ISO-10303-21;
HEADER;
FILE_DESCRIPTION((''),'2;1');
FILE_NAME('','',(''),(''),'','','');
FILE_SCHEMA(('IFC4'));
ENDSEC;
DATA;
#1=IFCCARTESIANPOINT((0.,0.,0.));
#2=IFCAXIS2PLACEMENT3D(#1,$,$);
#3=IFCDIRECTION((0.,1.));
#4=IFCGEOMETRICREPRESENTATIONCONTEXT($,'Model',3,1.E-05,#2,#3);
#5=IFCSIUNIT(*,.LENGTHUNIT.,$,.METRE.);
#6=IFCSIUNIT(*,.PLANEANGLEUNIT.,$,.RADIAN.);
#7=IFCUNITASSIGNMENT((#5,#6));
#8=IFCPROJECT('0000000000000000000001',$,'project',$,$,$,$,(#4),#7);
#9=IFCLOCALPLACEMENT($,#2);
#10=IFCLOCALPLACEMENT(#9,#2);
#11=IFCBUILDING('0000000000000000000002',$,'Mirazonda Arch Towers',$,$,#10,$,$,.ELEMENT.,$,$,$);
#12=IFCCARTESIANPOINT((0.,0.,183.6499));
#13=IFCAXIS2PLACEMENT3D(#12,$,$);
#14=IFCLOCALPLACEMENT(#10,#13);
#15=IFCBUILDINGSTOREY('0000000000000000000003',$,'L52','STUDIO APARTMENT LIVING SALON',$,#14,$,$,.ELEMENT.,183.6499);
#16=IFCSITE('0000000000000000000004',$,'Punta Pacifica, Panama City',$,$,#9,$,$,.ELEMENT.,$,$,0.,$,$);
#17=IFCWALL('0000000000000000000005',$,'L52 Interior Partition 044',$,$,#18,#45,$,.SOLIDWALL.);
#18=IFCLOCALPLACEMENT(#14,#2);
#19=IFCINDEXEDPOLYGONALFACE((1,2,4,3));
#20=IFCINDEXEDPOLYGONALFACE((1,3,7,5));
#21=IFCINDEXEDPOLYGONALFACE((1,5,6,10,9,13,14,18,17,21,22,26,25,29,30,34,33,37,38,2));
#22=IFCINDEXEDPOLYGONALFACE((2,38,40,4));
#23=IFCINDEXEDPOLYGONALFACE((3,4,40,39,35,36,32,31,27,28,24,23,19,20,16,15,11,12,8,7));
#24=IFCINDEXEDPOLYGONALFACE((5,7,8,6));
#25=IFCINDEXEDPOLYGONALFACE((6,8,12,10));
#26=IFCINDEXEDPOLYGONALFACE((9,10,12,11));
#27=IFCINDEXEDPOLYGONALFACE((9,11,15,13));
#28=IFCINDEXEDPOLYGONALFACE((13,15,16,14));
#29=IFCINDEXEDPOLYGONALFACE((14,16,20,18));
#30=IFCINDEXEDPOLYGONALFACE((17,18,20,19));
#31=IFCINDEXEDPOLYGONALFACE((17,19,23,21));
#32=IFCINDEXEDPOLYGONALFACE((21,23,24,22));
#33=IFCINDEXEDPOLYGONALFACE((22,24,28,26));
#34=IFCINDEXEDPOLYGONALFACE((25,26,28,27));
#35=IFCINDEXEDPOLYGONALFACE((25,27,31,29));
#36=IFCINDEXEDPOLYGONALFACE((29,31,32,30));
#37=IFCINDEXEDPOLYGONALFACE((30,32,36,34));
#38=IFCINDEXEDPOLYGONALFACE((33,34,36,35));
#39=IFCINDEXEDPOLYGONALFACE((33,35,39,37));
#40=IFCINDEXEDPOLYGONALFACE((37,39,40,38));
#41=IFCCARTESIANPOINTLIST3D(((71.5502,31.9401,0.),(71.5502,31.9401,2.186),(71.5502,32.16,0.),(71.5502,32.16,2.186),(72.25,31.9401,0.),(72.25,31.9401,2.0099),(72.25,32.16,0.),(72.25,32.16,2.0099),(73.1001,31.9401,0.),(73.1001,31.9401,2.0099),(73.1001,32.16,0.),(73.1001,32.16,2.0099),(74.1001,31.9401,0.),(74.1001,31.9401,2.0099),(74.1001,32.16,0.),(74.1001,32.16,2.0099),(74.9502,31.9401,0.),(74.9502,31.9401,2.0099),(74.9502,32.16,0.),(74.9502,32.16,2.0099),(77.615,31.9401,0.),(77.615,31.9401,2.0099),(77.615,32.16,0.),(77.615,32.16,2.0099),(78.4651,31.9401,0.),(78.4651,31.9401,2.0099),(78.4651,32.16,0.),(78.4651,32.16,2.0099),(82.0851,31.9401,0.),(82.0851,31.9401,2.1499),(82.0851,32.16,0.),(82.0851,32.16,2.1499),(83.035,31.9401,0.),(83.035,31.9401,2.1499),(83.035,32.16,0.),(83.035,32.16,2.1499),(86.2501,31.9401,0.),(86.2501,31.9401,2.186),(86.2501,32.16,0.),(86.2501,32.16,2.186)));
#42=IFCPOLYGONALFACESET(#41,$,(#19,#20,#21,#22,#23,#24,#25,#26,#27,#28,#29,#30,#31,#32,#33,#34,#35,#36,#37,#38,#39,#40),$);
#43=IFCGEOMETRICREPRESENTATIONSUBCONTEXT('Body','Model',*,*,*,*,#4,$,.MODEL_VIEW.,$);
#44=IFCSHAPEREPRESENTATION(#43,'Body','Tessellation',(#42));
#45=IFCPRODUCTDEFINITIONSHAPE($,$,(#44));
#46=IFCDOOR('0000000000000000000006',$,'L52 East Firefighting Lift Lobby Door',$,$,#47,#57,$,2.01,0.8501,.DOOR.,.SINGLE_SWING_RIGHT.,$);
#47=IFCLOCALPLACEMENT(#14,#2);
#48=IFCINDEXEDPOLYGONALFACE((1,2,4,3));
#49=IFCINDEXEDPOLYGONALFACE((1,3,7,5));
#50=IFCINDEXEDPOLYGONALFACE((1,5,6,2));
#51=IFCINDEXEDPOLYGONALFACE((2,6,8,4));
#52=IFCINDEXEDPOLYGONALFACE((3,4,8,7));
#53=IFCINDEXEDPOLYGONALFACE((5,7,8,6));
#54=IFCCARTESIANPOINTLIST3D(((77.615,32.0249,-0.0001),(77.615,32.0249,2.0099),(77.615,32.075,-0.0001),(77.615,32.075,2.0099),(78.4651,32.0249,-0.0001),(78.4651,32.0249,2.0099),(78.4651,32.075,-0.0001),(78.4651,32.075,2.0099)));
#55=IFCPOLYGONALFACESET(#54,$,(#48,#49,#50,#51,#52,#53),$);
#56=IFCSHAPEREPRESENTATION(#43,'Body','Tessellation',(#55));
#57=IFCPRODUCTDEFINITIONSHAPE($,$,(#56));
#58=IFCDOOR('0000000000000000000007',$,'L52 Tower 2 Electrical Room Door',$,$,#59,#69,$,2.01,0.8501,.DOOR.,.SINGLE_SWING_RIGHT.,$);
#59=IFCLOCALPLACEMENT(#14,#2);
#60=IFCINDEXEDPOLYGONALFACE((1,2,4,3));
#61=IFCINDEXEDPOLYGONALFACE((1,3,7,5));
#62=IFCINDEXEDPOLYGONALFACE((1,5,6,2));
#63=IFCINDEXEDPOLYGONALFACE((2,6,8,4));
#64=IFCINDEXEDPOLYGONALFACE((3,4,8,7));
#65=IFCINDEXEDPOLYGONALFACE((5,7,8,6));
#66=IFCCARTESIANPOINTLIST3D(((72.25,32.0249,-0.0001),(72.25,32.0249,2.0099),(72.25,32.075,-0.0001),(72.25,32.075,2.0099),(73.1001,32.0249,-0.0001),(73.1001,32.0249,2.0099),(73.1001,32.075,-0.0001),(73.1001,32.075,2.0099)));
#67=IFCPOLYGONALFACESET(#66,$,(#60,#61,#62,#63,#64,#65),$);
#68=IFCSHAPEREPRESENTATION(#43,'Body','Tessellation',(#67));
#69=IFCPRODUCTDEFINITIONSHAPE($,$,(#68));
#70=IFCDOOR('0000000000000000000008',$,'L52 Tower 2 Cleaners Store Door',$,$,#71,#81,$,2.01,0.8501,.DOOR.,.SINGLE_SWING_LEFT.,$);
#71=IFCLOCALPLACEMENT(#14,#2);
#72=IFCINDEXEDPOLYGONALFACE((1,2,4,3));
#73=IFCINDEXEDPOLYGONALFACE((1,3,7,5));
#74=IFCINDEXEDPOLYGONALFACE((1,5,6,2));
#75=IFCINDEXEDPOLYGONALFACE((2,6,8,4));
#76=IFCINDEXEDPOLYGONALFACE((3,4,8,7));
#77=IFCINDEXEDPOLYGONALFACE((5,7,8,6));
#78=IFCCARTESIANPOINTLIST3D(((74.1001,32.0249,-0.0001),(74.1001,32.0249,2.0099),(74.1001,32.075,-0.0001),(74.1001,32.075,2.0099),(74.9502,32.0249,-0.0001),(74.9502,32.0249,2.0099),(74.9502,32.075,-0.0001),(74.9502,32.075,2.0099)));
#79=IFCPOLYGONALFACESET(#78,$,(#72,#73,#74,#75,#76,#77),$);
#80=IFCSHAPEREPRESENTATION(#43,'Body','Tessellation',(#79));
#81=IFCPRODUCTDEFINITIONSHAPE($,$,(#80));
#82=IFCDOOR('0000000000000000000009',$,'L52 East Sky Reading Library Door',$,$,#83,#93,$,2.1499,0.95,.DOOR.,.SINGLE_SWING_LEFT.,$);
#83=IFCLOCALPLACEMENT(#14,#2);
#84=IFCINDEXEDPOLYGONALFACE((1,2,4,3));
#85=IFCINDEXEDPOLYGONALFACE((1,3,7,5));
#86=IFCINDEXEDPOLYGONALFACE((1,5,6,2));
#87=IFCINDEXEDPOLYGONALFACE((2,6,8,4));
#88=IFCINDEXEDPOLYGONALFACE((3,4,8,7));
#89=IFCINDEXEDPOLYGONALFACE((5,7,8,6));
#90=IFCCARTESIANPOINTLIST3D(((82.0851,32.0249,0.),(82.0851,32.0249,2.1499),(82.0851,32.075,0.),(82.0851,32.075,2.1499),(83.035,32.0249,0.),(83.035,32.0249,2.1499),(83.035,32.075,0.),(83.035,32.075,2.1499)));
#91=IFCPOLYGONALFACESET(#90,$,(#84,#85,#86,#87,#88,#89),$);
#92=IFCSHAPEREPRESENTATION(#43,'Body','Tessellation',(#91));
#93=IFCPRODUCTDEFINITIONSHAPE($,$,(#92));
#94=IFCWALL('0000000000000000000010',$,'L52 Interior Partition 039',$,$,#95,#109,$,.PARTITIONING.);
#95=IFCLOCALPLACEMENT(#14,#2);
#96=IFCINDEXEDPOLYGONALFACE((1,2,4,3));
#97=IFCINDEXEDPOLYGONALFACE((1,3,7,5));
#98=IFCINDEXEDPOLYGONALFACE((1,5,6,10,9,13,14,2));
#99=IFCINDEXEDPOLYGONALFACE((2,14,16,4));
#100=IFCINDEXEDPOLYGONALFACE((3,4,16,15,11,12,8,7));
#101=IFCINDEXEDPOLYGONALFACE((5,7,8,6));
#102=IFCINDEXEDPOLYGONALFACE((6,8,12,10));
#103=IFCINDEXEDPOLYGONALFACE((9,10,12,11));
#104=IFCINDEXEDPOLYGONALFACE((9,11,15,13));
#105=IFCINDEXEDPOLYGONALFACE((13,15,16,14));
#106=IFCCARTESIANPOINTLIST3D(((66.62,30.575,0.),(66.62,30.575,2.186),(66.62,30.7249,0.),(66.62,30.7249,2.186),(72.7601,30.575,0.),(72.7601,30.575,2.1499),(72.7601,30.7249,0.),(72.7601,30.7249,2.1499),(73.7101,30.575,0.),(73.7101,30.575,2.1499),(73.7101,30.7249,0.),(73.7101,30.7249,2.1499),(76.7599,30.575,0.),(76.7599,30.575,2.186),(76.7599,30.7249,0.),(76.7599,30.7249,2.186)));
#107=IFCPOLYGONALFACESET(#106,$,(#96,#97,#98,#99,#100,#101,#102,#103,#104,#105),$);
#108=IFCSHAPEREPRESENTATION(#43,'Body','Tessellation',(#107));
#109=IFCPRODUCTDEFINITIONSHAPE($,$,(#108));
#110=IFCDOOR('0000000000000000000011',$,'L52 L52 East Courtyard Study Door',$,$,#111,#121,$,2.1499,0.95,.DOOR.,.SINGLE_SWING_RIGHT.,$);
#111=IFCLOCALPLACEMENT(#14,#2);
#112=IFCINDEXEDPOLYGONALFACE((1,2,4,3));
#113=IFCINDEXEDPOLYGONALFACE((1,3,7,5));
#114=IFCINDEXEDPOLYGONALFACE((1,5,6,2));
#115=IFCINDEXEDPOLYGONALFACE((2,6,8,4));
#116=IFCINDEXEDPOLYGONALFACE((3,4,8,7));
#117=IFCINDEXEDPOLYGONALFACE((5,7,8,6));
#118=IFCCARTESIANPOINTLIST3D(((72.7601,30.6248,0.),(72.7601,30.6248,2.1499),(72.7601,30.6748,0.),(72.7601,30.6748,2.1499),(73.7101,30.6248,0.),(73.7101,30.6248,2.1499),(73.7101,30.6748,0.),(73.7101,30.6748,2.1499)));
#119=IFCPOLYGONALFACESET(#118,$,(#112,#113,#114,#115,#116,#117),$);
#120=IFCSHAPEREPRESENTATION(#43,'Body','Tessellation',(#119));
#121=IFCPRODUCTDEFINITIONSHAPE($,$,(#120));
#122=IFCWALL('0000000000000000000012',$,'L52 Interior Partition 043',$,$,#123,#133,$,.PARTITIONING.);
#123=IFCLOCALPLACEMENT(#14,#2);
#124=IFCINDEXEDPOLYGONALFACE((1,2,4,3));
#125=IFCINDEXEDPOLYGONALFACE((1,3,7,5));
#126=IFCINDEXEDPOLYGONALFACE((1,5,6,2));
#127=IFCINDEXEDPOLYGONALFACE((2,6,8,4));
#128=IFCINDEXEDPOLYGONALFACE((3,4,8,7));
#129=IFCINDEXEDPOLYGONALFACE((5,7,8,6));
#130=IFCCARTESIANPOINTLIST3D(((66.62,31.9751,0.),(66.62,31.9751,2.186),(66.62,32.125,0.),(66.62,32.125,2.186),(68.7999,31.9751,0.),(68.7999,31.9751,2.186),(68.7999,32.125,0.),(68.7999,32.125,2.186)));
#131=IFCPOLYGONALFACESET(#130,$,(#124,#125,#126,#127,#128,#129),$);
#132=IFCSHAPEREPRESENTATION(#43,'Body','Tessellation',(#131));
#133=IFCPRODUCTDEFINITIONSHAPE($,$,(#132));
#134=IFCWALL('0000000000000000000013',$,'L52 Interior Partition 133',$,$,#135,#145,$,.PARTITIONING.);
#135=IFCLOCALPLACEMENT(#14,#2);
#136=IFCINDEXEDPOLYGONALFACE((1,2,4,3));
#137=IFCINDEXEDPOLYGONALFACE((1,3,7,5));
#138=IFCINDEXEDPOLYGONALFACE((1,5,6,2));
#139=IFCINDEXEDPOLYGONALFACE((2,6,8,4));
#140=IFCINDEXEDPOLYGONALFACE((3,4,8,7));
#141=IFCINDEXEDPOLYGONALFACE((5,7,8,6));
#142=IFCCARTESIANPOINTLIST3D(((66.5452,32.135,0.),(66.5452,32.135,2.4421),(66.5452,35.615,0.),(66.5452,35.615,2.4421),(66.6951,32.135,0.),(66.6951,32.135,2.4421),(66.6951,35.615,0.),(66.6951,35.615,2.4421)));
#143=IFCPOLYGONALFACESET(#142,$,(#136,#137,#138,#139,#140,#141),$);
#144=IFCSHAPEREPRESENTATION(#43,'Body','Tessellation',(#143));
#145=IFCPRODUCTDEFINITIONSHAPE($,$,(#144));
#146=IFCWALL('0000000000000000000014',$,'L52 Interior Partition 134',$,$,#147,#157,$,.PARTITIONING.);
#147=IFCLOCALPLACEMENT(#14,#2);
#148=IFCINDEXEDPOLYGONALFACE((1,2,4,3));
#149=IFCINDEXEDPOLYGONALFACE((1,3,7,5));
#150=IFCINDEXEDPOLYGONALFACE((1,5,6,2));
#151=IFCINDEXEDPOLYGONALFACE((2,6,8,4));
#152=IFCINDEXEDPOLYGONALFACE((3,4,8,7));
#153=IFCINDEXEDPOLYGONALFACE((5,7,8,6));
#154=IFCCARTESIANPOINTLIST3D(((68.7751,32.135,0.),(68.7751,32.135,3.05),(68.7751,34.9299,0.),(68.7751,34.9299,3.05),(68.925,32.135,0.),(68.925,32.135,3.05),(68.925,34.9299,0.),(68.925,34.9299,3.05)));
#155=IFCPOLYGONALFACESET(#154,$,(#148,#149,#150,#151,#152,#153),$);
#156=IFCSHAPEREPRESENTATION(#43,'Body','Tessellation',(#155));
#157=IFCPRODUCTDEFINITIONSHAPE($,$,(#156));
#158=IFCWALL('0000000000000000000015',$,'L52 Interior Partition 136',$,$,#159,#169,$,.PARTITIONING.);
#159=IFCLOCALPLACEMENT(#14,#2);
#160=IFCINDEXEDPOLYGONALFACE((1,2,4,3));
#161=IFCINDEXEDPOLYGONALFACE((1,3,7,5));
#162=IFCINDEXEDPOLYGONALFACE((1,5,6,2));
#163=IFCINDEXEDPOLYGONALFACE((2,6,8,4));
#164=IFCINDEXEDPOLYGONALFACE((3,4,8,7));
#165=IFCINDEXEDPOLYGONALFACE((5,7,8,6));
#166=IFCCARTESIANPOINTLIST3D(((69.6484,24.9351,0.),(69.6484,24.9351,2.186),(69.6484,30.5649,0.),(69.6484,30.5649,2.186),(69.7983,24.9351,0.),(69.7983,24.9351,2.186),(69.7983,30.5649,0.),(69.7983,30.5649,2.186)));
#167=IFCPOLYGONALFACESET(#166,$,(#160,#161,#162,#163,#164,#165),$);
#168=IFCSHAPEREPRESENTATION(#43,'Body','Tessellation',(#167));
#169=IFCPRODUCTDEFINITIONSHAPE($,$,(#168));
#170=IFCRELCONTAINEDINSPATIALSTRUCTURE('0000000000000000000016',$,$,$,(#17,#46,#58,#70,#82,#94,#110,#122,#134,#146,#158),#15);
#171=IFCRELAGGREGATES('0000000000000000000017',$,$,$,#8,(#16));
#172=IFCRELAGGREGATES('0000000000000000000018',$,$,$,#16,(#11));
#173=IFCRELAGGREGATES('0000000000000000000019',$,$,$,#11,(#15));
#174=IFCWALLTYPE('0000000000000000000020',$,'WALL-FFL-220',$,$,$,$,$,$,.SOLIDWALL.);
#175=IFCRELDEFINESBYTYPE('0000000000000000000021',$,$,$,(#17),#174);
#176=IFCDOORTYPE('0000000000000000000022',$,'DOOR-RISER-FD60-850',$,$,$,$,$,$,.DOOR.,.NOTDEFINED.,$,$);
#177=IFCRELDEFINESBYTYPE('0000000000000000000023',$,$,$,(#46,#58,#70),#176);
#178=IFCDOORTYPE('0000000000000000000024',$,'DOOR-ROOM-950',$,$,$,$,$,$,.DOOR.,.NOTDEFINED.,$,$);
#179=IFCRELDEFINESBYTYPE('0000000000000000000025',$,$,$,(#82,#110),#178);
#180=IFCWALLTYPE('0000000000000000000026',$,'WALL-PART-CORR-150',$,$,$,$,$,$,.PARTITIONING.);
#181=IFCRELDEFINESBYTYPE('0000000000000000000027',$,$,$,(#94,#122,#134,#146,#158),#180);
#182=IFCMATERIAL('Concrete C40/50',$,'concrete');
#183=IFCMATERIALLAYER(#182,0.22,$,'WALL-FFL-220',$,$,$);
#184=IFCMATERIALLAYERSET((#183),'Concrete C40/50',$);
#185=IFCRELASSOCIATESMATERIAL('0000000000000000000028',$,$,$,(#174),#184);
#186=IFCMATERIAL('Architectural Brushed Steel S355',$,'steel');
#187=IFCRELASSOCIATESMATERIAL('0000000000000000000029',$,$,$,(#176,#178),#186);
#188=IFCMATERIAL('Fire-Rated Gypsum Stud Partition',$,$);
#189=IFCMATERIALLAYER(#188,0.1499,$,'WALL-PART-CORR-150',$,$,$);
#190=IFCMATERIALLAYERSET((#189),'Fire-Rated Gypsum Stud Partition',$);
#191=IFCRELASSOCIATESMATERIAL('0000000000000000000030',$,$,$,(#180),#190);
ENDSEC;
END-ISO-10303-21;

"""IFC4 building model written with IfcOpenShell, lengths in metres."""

from ifc_helpers import new_model, si_unit, direction, frame, frame_2d, origin, place, context, subcontext, project, spatial, rectangle, extrude, material, layer, layer_set, type_object, element, fill, save


model = new_model("IFC4")

# Units and contexts
model_context = context("Model", 3, precision=1e-05, world=origin(), true_north=direction((0.0, 1.0)))
body_context = subcontext(model_context, "Body", "Model", "MODEL_VIEW")
ifc_project = project(units=[si_unit("LENGTHUNIT", "METRE"), si_unit("PLANEANGLEUNIT", "RADIAN")], contexts=[model_context])

# Site, building, storey
site_placement = place(None, origin())
site = spatial("IfcSite", under=ifc_project, at=site_placement, Name="Punta Pacifica, Panama City", CompositionType="ELEMENT", RefElevation=0.0)
building_placement = place(site_placement, origin())
building = spatial("IfcBuilding", under=site, at=building_placement, Name="Mirazonda Arch Towers", CompositionType="ELEMENT")
storey_placement = place(building_placement, frame((0.0, 0.0, 183.6499)))
storey = spatial("IfcBuildingStorey", under=building, at=storey_placement, Name="L52", Description="STUDIO APARTMENT LIVING SALON", CompositionType="ELEMENT", Elevation=183.6499)

# Wall, openings, doors
ifc_material_1 = material(Name="Architectural Brushed Steel S355", Category="steel")
ifc_material_2 = material(Name="Concrete C40/50", Category="concrete")
ifc_layer_1 = layer(ifc_material_2, 0.22, Name="WALL-FFL-220")
ifc_layer_set_1 = layer_set([ifc_layer_1], Name="Concrete C40/50")
wall_type_1 = type_object("IfcWallType", Name="WALL-FFL-220", PredefinedType="SOLIDWALL", material=ifc_layer_set_1)
wall_1_placement = place(storey_placement, frame((71.55, 32.05, 0.0), z_axis=(0.0, 0.0, 1.0), x_axis=(1.0, 0.0, 0.0)))
wall_1 = element("IfcWall", 1, at=wall_1_placement, inside=storey, type_object=wall_type_1, Name="L52 Interior Partition 044", PredefinedType="SOLIDWALL", context=body_context, shape_type="SweptSolid", body=[
    extrude(rectangle(XDim=14.7, YDim=0.22, at=frame_2d((7.3501, 0.0))), origin(), (0.0, 0.0, 1.0), 2.186),
])
opening_1_placement = place(wall_1_placement, frame((6.0649, 0.0, 0.0)))
opening_1 = element("IfcOpeningElement", 2, at=opening_1_placement, cuts=wall_1, PredefinedType="OPENING", context=body_context, shape_type="SweptSolid", body=[
    extrude(rectangle(XDim=0.8501, YDim=2.01, at=frame_2d((0.425, 1.0049))), frame((0.0, 0.1199, 0.0), z_axis=(0.0, -1.0, 0.0), x_axis=(1.0, 0.0, 0.0)), (0.0, 0.0, 1.0), 0.24),
])
opening_2_placement = place(wall_1_placement, frame((10.5349, 0.0, 0.0)))
opening_2 = element("IfcOpeningElement", 3, at=opening_2_placement, cuts=wall_1, PredefinedType="OPENING", context=body_context, shape_type="SweptSolid", body=[
    extrude(rectangle(XDim=0.95, YDim=2.1499, at=frame_2d((0.4751, 1.075))), frame((0.0, 0.1199, 0.0), z_axis=(0.0, -1.0, 0.0), x_axis=(1.0, 0.0, 0.0)), (0.0, 0.0, 1.0), 0.24),
])
opening_3_placement = place(wall_1_placement, frame((0.7, 0.0, 0.0)))
opening_3 = element("IfcOpeningElement", 4, at=opening_3_placement, cuts=wall_1, PredefinedType="OPENING", context=body_context, shape_type="SweptSolid", body=[
    extrude(rectangle(XDim=0.8501, YDim=2.01, at=frame_2d((0.425, 1.0049))), frame((0.0, 0.1199, 0.0), z_axis=(0.0, -1.0, 0.0), x_axis=(1.0, 0.0, 0.0)), (0.0, 0.0, 1.0), 0.24),
])
opening_4_placement = place(wall_1_placement, frame((2.55, 0.0, 0.0)))
opening_4 = element("IfcOpeningElement", 5, at=opening_4_placement, cuts=wall_1, PredefinedType="OPENING", context=body_context, shape_type="SweptSolid", body=[
    extrude(rectangle(XDim=0.8501, YDim=2.01, at=frame_2d((0.425, 1.0049))), frame((0.0, 0.1199, 0.0), z_axis=(0.0, -1.0, 0.0), x_axis=(1.0, 0.0, 0.0)), (0.0, 0.0, 1.0), 0.24),
])
door_type_1 = type_object("IfcDoorType", Name="DOOR-RISER-FD60-850", OperationType="NOTDEFINED", PredefinedType="DOOR", material=ifc_material_1)
door_1_placement = place(opening_1_placement, origin())
door_1 = element("IfcDoor", 6, at=door_1_placement, inside=storey, type_object=door_type_1, Name="L52 East Firefighting Lift Lobby Door", OperationType="SINGLE_SWING_RIGHT", OverallHeight=2.01, OverallWidth=0.8501, PredefinedType="DOOR", context=body_context, shape_type="SweptSolid", body=[
    extrude(rectangle(XDim=0.8501, YDim=2.01, at=frame_2d((0.425, 1.0049))), frame((0.0, 0.0249, 0.0), z_axis=(0.0, -1.0, 0.0), x_axis=(1.0, 0.0, 0.0)), (0.0, 0.0, 1.0), 0.05),
])
fill(opening_1, door_1)
door_2_placement = place(opening_3_placement, origin())
door_2 = element("IfcDoor", 7, at=door_2_placement, inside=storey, type_object=door_type_1, Name="L52 Tower 2 Electrical Room Door", OperationType="SINGLE_SWING_RIGHT", OverallHeight=2.01, OverallWidth=0.8501, PredefinedType="DOOR", context=body_context, shape_type="SweptSolid", body=[
    extrude(rectangle(XDim=0.8501, YDim=2.01, at=frame_2d((0.425, 1.0049))), frame((0.0, 0.0249, 0.0), z_axis=(0.0, -1.0, 0.0), x_axis=(1.0, 0.0, 0.0)), (0.0, 0.0, 1.0), 0.05),
])
fill(opening_3, door_2)
door_3_placement = place(opening_4_placement, origin())
door_3 = element("IfcDoor", 8, at=door_3_placement, inside=storey, type_object=door_type_1, Name="L52 Tower 2 Cleaners Store Door", OperationType="SINGLE_SWING_LEFT", OverallHeight=2.01, OverallWidth=0.8501, PredefinedType="DOOR", context=body_context, shape_type="SweptSolid", body=[
    extrude(rectangle(XDim=0.8501, YDim=2.01, at=frame_2d((0.425, 1.0049))), frame((0.0, 0.0249, 0.0), z_axis=(0.0, -1.0, 0.0), x_axis=(1.0, 0.0, 0.0)), (0.0, 0.0, 1.0), 0.05),
])
fill(opening_4, door_3)
door_type_2 = type_object("IfcDoorType", Name="DOOR-ROOM-950", OperationType="NOTDEFINED", PredefinedType="DOOR", material=ifc_material_1)
door_4_placement = place(opening_2_placement, origin())
door_4 = element("IfcDoor", 9, at=door_4_placement, inside=storey, type_object=door_type_2, Name="L52 East Sky Reading Library Door", OperationType="SINGLE_SWING_LEFT", OverallHeight=2.1499, OverallWidth=0.95, PredefinedType="DOOR", context=body_context, shape_type="SweptSolid", body=[
    extrude(rectangle(XDim=0.95, YDim=2.1499, at=frame_2d((0.4751, 1.075))), frame((0.0, 0.0249, 0.0), z_axis=(0.0, -1.0, 0.0), x_axis=(1.0, 0.0, 0.0)), (0.0, 0.0, 1.0), 0.05),
])
fill(opening_2, door_4)

# Wall, opening, door
ifc_material_3 = material(Name="Fire-Rated Gypsum Stud Partition")
ifc_layer_2 = layer(ifc_material_3, 0.1499, Name="WALL-PART-CORR-150")
ifc_layer_set_2 = layer_set([ifc_layer_2], Name="Fire-Rated Gypsum Stud Partition")
wall_type_2 = type_object("IfcWallType", Name="WALL-PART-CORR-150", PredefinedType="PARTITIONING", material=ifc_layer_set_2)
wall_2_placement = place(storey_placement, frame((66.6201, 30.6499, 0.0), z_axis=(0.0, 0.0, 1.0), x_axis=(1.0, 0.0, 0.0)))
wall_2 = element("IfcWall", 10, at=wall_2_placement, inside=storey, type_object=wall_type_2, Name="L52 Interior Partition 039", PredefinedType="PARTITIONING", context=body_context, shape_type="SweptSolid", body=[
    extrude(rectangle(XDim=10.1399, YDim=0.1499, at=frame_2d((5.0698, 0.0))), origin(), (0.0, 0.0, 1.0), 2.186),
])
opening_5_placement = place(wall_2_placement, frame((6.1399, 0.0, 0.0)))
opening_5 = element("IfcOpeningElement", 11, at=opening_5_placement, cuts=wall_2, PredefinedType="OPENING", context=body_context, shape_type="SweptSolid", body=[
    extrude(rectangle(XDim=0.95, YDim=2.1499, at=frame_2d((0.4751, 1.075))), frame((0.0, 0.085, 0.0), z_axis=(0.0, -1.0, 0.0), x_axis=(1.0, 0.0, 0.0)), (0.0, 0.0, 1.0), 0.1699),
])
door_5_placement = place(opening_5_placement, origin())
door_5 = element("IfcDoor", 12, at=door_5_placement, inside=storey, type_object=door_type_2, Name="L52 L52 East Courtyard Study Door", OperationType="SINGLE_SWING_RIGHT", OverallHeight=2.1499, OverallWidth=0.95, PredefinedType="DOOR", context=body_context, shape_type="SweptSolid", body=[
    extrude(rectangle(XDim=0.95, YDim=2.1499, at=frame_2d((0.4751, 1.075))), frame((0.0, 0.0249, 0.0), z_axis=(0.0, -1.0, 0.0), x_axis=(1.0, 0.0, 0.0)), (0.0, 0.0, 1.0), 0.05),
])
fill(opening_5, door_5)

# Walls
wall_3_placement = place(storey_placement, frame((66.6201, 32.05, 0.0), z_axis=(0.0, 0.0, 1.0), x_axis=(1.0, 0.0, 0.0)))
element("IfcWall", 13, at=wall_3_placement, inside=storey, type_object=wall_type_2, Name="L52 Interior Partition 043", PredefinedType="PARTITIONING", context=body_context, shape_type="SweptSolid", body=[
    extrude(rectangle(XDim=2.1799, YDim=0.1499, at=frame_2d((1.0898, 0.0))), origin(), (0.0, 0.0, 1.0), 2.186),
])
wall_4_placement = place(storey_placement, frame((66.6201, 32.135, 0.0), z_axis=(0.0, 0.0, 1.0), x_axis=(0.0, 1.0, 0.0)))
element("IfcWall", 14, at=wall_4_placement, inside=storey, type_object=wall_type_2, Name="L52 Interior Partition 133", PredefinedType="PARTITIONING", context=body_context, shape_type="SweptSolid", body=[
    extrude(rectangle(XDim=3.48, YDim=0.1499, at=frame_2d((1.74, 0.0))), origin(), (0.0, 0.0, 1.0), 2.4421),
])
wall_5_placement = place(storey_placement, frame((68.8501, 32.135, 0.0), z_axis=(0.0, 0.0, 1.0), x_axis=(0.0, 1.0, 0.0)))
element("IfcWall", 15, at=wall_5_placement, inside=storey, type_object=wall_type_2, Name="L52 Interior Partition 134", PredefinedType="PARTITIONING", context=body_context, shape_type="SweptSolid", body=[
    extrude(rectangle(XDim=2.7949, YDim=0.1499, at=frame_2d((1.3975, 0.0))), origin(), (0.0, 0.0, 1.0), 3.05),
])
wall_6_placement = place(storey_placement, frame((69.7234, 24.9351, 0.0), z_axis=(0.0, 0.0, 1.0), x_axis=(0.0, 1.0, 0.0)))
element("IfcWall", 16, at=wall_6_placement, inside=storey, type_object=wall_type_2, Name="L52 Interior Partition 136", PredefinedType="PARTITIONING", context=body_context, shape_type="SweptSolid", body=[
    extrude(rectangle(XDim=5.6299, YDim=0.1499, at=frame_2d((2.8149, 0.0))), origin(), (0.0, 0.0, 1.0), 2.186),
])

save(model, "model.ifc")
